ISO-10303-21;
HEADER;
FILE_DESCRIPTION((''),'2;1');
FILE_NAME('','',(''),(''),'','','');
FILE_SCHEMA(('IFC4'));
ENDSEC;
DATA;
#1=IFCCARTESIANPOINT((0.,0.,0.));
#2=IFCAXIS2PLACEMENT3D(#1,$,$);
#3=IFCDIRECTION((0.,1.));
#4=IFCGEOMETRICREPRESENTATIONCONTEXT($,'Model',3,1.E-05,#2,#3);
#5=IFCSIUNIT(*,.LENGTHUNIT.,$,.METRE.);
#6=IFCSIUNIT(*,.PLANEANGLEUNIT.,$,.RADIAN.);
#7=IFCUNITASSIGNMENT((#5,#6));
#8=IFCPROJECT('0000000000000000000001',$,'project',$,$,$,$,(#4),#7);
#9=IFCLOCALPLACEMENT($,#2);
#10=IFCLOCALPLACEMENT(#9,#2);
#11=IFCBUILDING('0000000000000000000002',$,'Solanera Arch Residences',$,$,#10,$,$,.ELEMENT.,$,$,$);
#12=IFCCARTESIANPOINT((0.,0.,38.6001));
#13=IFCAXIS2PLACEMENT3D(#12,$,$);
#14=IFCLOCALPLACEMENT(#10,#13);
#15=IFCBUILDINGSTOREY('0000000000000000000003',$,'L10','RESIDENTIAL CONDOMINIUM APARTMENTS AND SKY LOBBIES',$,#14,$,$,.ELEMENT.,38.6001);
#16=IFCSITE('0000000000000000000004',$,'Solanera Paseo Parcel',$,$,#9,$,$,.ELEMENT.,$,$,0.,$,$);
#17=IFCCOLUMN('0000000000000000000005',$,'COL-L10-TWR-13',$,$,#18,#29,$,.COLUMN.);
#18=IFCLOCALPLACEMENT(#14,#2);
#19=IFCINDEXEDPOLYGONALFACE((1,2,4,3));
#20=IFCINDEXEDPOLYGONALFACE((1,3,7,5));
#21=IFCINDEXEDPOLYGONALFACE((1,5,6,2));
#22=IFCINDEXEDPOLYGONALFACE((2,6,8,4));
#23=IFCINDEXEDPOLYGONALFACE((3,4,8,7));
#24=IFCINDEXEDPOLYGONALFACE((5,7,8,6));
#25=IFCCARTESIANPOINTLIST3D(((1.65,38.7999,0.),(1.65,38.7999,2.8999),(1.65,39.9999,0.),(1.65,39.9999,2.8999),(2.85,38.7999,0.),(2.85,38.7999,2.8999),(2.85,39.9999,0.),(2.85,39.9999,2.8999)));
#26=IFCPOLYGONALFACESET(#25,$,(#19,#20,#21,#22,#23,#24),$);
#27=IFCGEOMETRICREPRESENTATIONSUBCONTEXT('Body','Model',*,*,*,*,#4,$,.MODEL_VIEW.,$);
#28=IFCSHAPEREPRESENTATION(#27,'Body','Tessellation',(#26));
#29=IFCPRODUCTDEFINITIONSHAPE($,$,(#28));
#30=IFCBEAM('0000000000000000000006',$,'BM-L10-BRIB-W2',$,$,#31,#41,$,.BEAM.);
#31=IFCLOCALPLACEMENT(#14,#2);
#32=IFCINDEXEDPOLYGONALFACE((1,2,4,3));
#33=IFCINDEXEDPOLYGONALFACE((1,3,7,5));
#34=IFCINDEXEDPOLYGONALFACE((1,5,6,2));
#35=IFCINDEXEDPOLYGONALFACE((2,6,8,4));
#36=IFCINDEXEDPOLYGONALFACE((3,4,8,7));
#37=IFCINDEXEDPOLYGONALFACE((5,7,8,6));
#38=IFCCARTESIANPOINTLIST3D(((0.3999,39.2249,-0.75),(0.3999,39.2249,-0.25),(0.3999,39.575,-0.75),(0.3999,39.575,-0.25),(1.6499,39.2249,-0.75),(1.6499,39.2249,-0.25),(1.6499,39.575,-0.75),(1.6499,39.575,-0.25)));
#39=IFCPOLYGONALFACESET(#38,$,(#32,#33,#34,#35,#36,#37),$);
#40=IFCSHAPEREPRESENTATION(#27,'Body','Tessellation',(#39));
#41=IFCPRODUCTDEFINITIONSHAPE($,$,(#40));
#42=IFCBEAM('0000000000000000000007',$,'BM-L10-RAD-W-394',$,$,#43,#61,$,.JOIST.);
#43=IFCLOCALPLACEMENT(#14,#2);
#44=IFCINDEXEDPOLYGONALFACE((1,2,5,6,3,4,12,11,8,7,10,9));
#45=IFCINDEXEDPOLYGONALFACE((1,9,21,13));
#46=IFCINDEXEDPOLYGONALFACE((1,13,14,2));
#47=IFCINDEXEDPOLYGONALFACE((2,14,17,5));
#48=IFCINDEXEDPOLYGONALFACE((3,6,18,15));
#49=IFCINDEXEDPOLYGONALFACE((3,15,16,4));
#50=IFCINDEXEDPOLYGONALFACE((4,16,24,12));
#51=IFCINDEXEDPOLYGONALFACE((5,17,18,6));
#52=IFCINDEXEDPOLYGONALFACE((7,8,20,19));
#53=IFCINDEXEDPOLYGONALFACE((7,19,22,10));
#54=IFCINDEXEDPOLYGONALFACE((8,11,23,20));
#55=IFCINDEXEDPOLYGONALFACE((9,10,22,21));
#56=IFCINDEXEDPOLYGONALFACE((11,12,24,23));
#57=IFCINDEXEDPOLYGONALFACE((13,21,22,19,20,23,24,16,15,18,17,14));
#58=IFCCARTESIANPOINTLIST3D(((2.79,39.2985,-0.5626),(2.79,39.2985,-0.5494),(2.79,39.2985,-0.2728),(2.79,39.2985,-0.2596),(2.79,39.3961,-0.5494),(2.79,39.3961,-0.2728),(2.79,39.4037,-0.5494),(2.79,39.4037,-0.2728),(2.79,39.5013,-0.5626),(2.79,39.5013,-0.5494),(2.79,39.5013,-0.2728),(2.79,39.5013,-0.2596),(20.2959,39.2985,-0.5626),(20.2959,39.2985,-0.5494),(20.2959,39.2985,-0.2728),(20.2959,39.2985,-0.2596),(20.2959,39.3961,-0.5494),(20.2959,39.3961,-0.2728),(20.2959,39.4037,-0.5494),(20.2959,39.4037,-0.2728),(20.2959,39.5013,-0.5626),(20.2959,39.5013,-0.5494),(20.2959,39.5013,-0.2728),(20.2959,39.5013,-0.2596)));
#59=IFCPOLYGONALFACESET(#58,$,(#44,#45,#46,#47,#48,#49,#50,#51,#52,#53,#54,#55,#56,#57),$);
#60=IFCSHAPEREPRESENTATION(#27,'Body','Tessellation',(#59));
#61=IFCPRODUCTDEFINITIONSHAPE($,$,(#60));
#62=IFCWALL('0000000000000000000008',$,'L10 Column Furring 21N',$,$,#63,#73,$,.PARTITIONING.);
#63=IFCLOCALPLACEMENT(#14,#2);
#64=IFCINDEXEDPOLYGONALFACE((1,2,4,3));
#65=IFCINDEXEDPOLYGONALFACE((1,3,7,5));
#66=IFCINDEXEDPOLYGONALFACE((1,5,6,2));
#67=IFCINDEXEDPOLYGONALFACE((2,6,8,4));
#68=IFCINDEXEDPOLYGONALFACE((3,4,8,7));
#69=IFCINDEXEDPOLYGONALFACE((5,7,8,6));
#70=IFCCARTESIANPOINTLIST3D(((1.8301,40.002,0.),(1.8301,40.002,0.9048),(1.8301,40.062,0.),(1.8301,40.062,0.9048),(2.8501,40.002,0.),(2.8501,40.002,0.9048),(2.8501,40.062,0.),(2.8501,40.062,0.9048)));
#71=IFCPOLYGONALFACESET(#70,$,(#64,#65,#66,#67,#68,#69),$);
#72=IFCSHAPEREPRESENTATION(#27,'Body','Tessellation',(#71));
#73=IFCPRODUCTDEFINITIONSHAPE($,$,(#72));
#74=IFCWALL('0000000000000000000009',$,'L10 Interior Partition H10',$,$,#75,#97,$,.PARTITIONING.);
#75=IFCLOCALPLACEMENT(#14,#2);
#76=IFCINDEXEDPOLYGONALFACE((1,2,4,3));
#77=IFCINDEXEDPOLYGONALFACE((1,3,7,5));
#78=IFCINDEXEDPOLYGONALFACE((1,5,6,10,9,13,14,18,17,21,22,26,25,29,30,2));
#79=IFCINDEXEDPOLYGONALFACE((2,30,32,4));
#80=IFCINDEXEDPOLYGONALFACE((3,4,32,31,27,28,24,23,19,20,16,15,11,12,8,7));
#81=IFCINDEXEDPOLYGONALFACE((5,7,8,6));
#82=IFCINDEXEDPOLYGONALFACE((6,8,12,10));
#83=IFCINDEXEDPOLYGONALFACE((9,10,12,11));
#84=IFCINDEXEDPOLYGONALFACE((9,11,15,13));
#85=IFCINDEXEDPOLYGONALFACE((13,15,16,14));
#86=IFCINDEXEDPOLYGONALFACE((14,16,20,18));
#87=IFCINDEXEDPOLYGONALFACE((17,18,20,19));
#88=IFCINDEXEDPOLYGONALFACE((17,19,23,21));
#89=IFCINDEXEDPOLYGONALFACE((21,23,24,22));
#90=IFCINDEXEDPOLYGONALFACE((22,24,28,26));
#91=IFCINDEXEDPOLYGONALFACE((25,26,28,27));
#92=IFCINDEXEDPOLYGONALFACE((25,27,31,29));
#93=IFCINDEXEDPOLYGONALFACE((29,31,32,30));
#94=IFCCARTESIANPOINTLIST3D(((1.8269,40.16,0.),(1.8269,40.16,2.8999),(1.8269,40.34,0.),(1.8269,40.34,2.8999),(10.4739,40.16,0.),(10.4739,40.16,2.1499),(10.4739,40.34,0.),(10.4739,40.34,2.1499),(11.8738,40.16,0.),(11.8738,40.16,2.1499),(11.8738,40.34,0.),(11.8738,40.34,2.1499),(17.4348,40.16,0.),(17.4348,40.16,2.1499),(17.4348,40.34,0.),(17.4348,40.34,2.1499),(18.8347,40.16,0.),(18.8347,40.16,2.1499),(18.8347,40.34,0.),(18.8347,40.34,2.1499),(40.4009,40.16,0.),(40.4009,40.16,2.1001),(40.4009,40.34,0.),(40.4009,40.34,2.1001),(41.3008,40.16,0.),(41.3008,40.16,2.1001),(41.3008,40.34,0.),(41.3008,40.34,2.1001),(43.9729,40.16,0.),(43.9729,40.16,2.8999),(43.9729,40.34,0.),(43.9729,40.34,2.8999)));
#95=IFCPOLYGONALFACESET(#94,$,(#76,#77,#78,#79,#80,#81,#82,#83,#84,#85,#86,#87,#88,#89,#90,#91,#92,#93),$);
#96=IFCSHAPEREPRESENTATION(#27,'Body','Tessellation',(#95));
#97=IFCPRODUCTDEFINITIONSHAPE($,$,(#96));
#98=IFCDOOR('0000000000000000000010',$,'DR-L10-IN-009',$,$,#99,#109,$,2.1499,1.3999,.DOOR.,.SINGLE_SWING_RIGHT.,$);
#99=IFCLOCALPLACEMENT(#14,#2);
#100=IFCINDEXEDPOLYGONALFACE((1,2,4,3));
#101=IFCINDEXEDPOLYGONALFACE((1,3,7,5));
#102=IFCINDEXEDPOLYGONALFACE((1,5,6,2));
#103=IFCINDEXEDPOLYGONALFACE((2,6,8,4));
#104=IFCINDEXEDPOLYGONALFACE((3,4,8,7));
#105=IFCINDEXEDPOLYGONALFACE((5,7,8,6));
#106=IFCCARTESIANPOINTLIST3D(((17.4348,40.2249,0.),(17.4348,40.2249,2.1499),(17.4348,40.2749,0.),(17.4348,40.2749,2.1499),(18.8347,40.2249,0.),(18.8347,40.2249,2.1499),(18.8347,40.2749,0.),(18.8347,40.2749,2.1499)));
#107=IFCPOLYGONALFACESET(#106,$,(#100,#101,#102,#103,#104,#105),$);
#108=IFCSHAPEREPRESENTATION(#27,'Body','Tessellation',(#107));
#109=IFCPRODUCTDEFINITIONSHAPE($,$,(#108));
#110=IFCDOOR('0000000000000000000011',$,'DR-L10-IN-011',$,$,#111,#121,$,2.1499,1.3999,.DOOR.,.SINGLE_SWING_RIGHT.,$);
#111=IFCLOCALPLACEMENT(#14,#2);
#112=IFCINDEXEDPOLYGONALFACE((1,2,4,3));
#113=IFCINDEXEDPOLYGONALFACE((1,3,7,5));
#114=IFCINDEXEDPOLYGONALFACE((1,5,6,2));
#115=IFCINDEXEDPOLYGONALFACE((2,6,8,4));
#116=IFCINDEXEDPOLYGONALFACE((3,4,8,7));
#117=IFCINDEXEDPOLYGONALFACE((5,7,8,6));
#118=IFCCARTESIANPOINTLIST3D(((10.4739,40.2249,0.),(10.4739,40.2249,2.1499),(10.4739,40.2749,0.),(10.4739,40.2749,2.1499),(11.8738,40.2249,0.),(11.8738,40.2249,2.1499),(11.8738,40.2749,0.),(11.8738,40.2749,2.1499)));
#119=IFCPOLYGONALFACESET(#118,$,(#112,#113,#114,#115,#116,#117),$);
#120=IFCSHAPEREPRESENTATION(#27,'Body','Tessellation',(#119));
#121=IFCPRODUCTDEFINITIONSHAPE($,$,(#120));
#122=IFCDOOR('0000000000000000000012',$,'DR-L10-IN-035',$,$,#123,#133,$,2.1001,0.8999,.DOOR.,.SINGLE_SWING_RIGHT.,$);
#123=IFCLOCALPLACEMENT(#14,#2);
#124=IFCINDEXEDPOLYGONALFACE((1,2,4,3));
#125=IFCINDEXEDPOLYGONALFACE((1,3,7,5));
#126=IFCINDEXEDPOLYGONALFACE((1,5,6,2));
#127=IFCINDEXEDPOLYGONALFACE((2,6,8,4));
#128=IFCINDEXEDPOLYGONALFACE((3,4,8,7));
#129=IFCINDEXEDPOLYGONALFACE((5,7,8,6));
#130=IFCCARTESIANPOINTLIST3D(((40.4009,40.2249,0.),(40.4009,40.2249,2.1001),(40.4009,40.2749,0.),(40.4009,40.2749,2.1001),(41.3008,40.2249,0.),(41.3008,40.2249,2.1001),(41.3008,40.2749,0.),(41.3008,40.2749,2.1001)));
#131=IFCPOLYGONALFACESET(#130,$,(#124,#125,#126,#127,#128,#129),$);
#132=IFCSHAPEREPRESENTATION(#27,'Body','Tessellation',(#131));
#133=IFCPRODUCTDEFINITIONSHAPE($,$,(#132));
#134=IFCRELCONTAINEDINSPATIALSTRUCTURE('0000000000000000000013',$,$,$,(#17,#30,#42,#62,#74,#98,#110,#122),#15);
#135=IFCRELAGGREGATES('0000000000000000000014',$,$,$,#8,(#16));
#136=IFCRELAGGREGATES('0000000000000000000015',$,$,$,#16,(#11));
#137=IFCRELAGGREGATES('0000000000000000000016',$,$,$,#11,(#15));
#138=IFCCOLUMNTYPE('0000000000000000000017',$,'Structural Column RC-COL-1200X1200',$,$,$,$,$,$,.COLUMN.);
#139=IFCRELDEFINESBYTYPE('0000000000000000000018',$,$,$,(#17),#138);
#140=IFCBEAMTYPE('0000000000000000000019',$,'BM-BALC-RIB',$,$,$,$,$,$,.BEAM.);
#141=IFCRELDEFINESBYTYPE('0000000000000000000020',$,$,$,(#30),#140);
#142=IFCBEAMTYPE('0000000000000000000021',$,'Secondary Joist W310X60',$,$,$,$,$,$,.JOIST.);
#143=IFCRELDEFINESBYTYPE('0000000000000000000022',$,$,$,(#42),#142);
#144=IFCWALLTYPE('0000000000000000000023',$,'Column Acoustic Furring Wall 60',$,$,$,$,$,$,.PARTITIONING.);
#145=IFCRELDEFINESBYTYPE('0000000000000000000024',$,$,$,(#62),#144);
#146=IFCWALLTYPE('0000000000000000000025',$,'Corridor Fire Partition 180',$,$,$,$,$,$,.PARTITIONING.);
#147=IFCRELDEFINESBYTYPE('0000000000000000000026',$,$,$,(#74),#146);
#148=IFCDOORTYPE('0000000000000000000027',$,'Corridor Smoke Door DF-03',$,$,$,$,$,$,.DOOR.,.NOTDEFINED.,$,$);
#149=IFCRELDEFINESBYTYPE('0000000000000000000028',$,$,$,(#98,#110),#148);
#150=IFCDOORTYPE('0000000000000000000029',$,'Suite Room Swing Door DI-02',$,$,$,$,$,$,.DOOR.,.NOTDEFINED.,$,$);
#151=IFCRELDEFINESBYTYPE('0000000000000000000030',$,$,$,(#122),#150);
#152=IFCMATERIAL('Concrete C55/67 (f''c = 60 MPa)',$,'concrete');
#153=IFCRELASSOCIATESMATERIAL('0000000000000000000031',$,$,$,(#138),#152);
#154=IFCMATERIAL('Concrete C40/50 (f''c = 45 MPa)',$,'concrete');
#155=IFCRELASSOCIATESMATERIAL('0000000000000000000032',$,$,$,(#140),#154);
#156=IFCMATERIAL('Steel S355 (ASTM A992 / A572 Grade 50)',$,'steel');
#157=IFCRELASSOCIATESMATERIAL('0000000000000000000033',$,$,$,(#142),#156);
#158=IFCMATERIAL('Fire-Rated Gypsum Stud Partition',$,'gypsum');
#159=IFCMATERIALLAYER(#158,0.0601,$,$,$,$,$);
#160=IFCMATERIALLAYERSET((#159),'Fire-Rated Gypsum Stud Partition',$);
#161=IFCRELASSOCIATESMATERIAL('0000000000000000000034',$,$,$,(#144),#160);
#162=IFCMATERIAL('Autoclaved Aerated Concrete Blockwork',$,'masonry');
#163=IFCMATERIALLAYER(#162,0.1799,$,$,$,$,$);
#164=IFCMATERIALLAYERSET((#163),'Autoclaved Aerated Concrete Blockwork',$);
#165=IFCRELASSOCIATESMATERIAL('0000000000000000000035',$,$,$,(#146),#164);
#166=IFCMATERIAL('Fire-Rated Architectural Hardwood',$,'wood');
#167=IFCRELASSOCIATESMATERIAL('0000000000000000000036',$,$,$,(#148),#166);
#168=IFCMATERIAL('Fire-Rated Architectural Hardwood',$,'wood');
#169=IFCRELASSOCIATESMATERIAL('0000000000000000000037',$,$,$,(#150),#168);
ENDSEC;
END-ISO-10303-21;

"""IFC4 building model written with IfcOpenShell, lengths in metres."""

from ifc_helpers import new_model, si_unit, direction, frame, frame_2d, origin, origin_2d, place, context, subcontext, project, spatial, rectangle, i_section, extrude, material, layer, layer_set, material_profile, profile_set, type_object, element, fill, save


model = new_model("IFC4")

# Units and contexts
model_context = context("Model", 3, precision=1e-05, world=origin(), true_north=direction((0.0, 1.0)))
body_context = subcontext(model_context, "Body", "Model", "MODEL_VIEW")
ifc_project = project(units=[si_unit("LENGTHUNIT", "METRE"), si_unit("PLANEANGLEUNIT", "RADIAN")], contexts=[model_context])

# Site, building, storey
site_placement = place(None, origin())
site = spatial("IfcSite", under=ifc_project, at=site_placement, Name="Solanera Paseo Parcel", CompositionType="ELEMENT", RefElevation=0.0)
building_placement = place(site_placement, origin())
building = spatial("IfcBuilding", under=site, at=building_placement, Name="Solanera Arch Residences", CompositionType="ELEMENT")
storey_placement = place(building_placement, frame((0.0, 0.0, 38.6001)))
storey = spatial("IfcBuildingStorey", under=building, at=storey_placement, Name="L10", Description="RESIDENTIAL CONDOMINIUM APARTMENTS AND SKY LOBBIES", CompositionType="ELEMENT", Elevation=38.6001)

# Column
ifc_material_1 = material(Name="Concrete C55/67 (f'c = 60 MPa)", Category="concrete")
ifc_material_profile_1 = material_profile(ifc_material_1, rectangle(XDim=1.2, YDim=1.2, at=origin_2d()))
ifc_profile_set_1 = profile_set([ifc_material_profile_1], Name="Concrete C55/67 (f'c = 60 MPa)")
column_type = type_object("IfcColumnType", Name="Structural Column RC-COL-1200X1200", PredefinedType="COLUMN", material=ifc_profile_set_1)
column_placement = place(storey_placement, frame((2.25, 39.3999, 0.0), z_axis=(0.0, 0.0, 1.0), x_axis=(1.0, 0.0, 0.0)))
element("IfcColumn", 1, at=column_placement, inside=storey, type_object=column_type, Name="COL-L10-TWR-13", PredefinedType="COLUMN", context=body_context, shape_type="SweptSolid", body=[
    extrude(rectangle(XDim=1.2, YDim=1.2, at=origin_2d()), origin(), (0.0, 0.0, 1.0), 2.8999),
])

# Beams
ifc_material_2 = material(Name="Concrete C40/50 (f'c = 45 MPa)", Category="concrete")
ifc_material_profile_2 = material_profile(ifc_material_2, rectangle(XDim=0.3501, YDim=0.5, at=origin_2d()))
ifc_profile_set_2 = profile_set([ifc_material_profile_2], Name="Concrete C40/50 (f'c = 45 MPa)")
beam_type_1 = type_object("IfcBeamType", Name="BM-BALC-RIB", PredefinedType="BEAM", material=ifc_profile_set_2)
beam_1_placement = place(storey_placement, frame((0.3999, 39.3999, -0.5), z_axis=(1.0, 0.0, 0.0), x_axis=(0.0, 1.0, 0.0)))
element("IfcBeam", 2, at=beam_1_placement, inside=storey, type_object=beam_type_1, Name="BM-L10-BRIB-W2", PredefinedType="BEAM", context=body_context, shape_type="SweptSolid", body=[
    extrude(rectangle(XDim=0.3501, YDim=0.5, at=origin_2d()), origin(), (0.0, 0.0, 1.0), 1.25),
])
ifc_material_3 = material(Name="Steel S355 (ASTM A992 / A572 Grade 50)", Category="steel")
ifc_material_profile_3 = material_profile(ifc_material_3, i_section(OverallWidth=0.2029, OverallDepth=0.303, WebThickness=0.0076, FlangeThickness=0.0132, at=origin_2d()))
ifc_profile_set_3 = profile_set([ifc_material_profile_3], Name="Steel S355 (ASTM A992 / A572 Grade 50)")
beam_type_2 = type_object("IfcBeamType", Name="Secondary Joist W310X60", PredefinedType="JOIST", material=ifc_profile_set_3)
beam_2_placement = place(storey_placement, frame((2.79, 39.3999, -0.4111), z_axis=(1.0, 0.0, 0.0), x_axis=(0.0, 1.0, 0.0)))
element("IfcBeam", 3, at=beam_2_placement, inside=storey, type_object=beam_type_2, Name="BM-L10-RAD-W-394", PredefinedType="JOIST", context=body_context, shape_type="SweptSolid", body=[
    extrude(i_section(OverallWidth=0.2029, OverallDepth=0.303, WebThickness=0.0076, FlangeThickness=0.0132, at=origin_2d()), origin(), (0.0, 0.0, 1.0), 17.5059),
])

# Wall
ifc_material_4 = material(Name="Fire-Rated Gypsum Stud Partition", Category="gypsum")
ifc_layer_1 = layer(ifc_material_4, 0.0601)
ifc_layer_set_1 = layer_set([ifc_layer_1], Name="Fire-Rated Gypsum Stud Partition")
wall_type_1 = type_object("IfcWallType", Name="Column Acoustic Furring Wall 60", PredefinedType="PARTITIONING", material=ifc_layer_set_1)
wall_1_placement = place(storey_placement, frame((1.8301, 40.032, 0.0), z_axis=(0.0, 0.0, 1.0), x_axis=(1.0, 0.0, 0.0)))
element("IfcWall", 4, at=wall_1_placement, inside=storey, type_object=wall_type_1, Name="L10 Column Furring 21N", PredefinedType="PARTITIONING", context=body_context, shape_type="SweptSolid", body=[
    extrude(rectangle(XDim=1.02, YDim=0.0601, at=frame_2d((0.51, 0.0))), origin(), (0.0, 0.0, 1.0), 0.9048),
])

# Wall, openings, doors
ifc_material_5 = material(Name="Autoclaved Aerated Concrete Blockwork", Category="masonry")
ifc_layer_2 = layer(ifc_material_5, 0.1799)
ifc_layer_set_2 = layer_set([ifc_layer_2], Name="Autoclaved Aerated Concrete Blockwork")
wall_type_2 = type_object("IfcWallType", Name="Corridor Fire Partition 180", PredefinedType="PARTITIONING", material=ifc_layer_set_2)
wall_2_placement = place(storey_placement, frame((1.8269, 40.25, 0.0), z_axis=(0.0, 0.0, 1.0), x_axis=(1.0, 0.0, 0.0)))
wall_2 = element("IfcWall", 5, at=wall_2_placement, inside=storey, type_object=wall_type_2, Name="L10 Interior Partition H10", PredefinedType="PARTITIONING", context=body_context, shape_type="SweptSolid", body=[
    extrude(rectangle(XDim=42.146, YDim=0.1799, at=frame_2d((21.073, 0.0))), origin(), (0.0, 0.0, 1.0), 2.8999),
])
opening_1_placement = place(wall_2_placement, frame((15.6079, 0.0, 0.0)))
opening_1 = element("IfcOpeningElement", 6, at=opening_1_placement, cuts=wall_2, PredefinedType="OPENING", context=body_context, shape_type="SweptSolid", body=[
    extrude(rectangle(XDim=1.3999, YDim=2.1499, at=frame_2d((0.7, 1.075))), frame((0.0, 0.1001, 0.0), z_axis=(0.0, -1.0, 0.0), x_axis=(1.0, 0.0, 0.0)), (0.0, 0.0, 1.0), 0.1999),
])
opening_2_placement = place(wall_2_placement, frame((8.647, 0.0, 0.0)))
opening_2 = element("IfcOpeningElement", 7, at=opening_2_placement, cuts=wall_2, PredefinedType="OPENING", context=body_context, shape_type="SweptSolid", body=[
    extrude(rectangle(XDim=1.3999, YDim=2.1499, at=frame_2d((0.7, 1.075))), frame((0.0, 0.1001, 0.0), z_axis=(0.0, -1.0, 0.0), x_axis=(1.0, 0.0, 0.0)), (0.0, 0.0, 1.0), 0.1999),
])
opening_3_placement = place(wall_2_placement, frame((38.574, 0.0, 0.0)))
opening_3 = element("IfcOpeningElement", 8, at=opening_3_placement, cuts=wall_2, PredefinedType="OPENING", context=body_context, shape_type="SweptSolid", body=[
    extrude(rectangle(XDim=0.8999, YDim=2.1001, at=frame_2d((0.45, 1.05))), frame((0.0, 0.1001, 0.0), z_axis=(0.0, -1.0, 0.0), x_axis=(1.0, 0.0, 0.0)), (0.0, 0.0, 1.0), 0.1999),
])
ifc_material_6 = material(Name="Fire-Rated Architectural Hardwood", Category="wood")
door_type_1 = type_object("IfcDoorType", Name="Corridor Smoke Door DF-03", OperationType="NOTDEFINED", PredefinedType="DOOR", material=ifc_material_6)
door_1_placement = place(opening_1_placement, origin())
door_1 = element("IfcDoor", 9, at=door_1_placement, inside=storey, type_object=door_type_1, Name="DR-L10-IN-009", OperationType="SINGLE_SWING_RIGHT", OverallHeight=2.1499, OverallWidth=1.3999, PredefinedType="DOOR", context=body_context, shape_type="SweptSolid", body=[
    extrude(rectangle(XDim=1.3999, YDim=2.1499, at=frame_2d((0.7, 1.075))), frame((0.0, 0.0249, 0.0), z_axis=(0.0, -1.0, 0.0), x_axis=(1.0, 0.0, 0.0)), (0.0, 0.0, 1.0), 0.05),
])
fill(opening_1, door_1)
door_2_placement = place(opening_2_placement, origin())
door_2 = element("IfcDoor", 10, at=door_2_placement, inside=storey, type_object=door_type_1, Name="DR-L10-IN-011", OperationType="SINGLE_SWING_RIGHT", OverallHeight=2.1499, OverallWidth=1.3999, PredefinedType="DOOR", context=body_context, shape_type="SweptSolid", body=[
    extrude(rectangle(XDim=1.3999, YDim=2.1499, at=frame_2d((0.7, 1.075))), frame((0.0, 0.0249, 0.0), z_axis=(0.0, -1.0, 0.0), x_axis=(1.0, 0.0, 0.0)), (0.0, 0.0, 1.0), 0.05),
])
fill(opening_2, door_2)
ifc_material_7 = material(Name="Fire-Rated Architectural Hardwood", Category="wood")
door_type_2 = type_object("IfcDoorType", Name="Suite Room Swing Door DI-02", OperationType="NOTDEFINED", PredefinedType="DOOR", material=ifc_material_7)
door_3_placement = place(opening_3_placement, origin())
door_3 = element("IfcDoor", 11, at=door_3_placement, inside=storey, type_object=door_type_2, Name="DR-L10-IN-035", OperationType="SINGLE_SWING_RIGHT", OverallHeight=2.1001, OverallWidth=0.8999, PredefinedType="DOOR", context=body_context, shape_type="SweptSolid", body=[
    extrude(rectangle(XDim=0.8999, YDim=2.1001, at=frame_2d((0.45, 1.05))), frame((0.0, 0.0249, 0.0), z_axis=(0.0, -1.0, 0.0), x_axis=(1.0, 0.0, 0.0)), (0.0, 0.0, 1.0), 0.05),
])
fill(opening_3, door_3)

save(model, "model.ifc")
